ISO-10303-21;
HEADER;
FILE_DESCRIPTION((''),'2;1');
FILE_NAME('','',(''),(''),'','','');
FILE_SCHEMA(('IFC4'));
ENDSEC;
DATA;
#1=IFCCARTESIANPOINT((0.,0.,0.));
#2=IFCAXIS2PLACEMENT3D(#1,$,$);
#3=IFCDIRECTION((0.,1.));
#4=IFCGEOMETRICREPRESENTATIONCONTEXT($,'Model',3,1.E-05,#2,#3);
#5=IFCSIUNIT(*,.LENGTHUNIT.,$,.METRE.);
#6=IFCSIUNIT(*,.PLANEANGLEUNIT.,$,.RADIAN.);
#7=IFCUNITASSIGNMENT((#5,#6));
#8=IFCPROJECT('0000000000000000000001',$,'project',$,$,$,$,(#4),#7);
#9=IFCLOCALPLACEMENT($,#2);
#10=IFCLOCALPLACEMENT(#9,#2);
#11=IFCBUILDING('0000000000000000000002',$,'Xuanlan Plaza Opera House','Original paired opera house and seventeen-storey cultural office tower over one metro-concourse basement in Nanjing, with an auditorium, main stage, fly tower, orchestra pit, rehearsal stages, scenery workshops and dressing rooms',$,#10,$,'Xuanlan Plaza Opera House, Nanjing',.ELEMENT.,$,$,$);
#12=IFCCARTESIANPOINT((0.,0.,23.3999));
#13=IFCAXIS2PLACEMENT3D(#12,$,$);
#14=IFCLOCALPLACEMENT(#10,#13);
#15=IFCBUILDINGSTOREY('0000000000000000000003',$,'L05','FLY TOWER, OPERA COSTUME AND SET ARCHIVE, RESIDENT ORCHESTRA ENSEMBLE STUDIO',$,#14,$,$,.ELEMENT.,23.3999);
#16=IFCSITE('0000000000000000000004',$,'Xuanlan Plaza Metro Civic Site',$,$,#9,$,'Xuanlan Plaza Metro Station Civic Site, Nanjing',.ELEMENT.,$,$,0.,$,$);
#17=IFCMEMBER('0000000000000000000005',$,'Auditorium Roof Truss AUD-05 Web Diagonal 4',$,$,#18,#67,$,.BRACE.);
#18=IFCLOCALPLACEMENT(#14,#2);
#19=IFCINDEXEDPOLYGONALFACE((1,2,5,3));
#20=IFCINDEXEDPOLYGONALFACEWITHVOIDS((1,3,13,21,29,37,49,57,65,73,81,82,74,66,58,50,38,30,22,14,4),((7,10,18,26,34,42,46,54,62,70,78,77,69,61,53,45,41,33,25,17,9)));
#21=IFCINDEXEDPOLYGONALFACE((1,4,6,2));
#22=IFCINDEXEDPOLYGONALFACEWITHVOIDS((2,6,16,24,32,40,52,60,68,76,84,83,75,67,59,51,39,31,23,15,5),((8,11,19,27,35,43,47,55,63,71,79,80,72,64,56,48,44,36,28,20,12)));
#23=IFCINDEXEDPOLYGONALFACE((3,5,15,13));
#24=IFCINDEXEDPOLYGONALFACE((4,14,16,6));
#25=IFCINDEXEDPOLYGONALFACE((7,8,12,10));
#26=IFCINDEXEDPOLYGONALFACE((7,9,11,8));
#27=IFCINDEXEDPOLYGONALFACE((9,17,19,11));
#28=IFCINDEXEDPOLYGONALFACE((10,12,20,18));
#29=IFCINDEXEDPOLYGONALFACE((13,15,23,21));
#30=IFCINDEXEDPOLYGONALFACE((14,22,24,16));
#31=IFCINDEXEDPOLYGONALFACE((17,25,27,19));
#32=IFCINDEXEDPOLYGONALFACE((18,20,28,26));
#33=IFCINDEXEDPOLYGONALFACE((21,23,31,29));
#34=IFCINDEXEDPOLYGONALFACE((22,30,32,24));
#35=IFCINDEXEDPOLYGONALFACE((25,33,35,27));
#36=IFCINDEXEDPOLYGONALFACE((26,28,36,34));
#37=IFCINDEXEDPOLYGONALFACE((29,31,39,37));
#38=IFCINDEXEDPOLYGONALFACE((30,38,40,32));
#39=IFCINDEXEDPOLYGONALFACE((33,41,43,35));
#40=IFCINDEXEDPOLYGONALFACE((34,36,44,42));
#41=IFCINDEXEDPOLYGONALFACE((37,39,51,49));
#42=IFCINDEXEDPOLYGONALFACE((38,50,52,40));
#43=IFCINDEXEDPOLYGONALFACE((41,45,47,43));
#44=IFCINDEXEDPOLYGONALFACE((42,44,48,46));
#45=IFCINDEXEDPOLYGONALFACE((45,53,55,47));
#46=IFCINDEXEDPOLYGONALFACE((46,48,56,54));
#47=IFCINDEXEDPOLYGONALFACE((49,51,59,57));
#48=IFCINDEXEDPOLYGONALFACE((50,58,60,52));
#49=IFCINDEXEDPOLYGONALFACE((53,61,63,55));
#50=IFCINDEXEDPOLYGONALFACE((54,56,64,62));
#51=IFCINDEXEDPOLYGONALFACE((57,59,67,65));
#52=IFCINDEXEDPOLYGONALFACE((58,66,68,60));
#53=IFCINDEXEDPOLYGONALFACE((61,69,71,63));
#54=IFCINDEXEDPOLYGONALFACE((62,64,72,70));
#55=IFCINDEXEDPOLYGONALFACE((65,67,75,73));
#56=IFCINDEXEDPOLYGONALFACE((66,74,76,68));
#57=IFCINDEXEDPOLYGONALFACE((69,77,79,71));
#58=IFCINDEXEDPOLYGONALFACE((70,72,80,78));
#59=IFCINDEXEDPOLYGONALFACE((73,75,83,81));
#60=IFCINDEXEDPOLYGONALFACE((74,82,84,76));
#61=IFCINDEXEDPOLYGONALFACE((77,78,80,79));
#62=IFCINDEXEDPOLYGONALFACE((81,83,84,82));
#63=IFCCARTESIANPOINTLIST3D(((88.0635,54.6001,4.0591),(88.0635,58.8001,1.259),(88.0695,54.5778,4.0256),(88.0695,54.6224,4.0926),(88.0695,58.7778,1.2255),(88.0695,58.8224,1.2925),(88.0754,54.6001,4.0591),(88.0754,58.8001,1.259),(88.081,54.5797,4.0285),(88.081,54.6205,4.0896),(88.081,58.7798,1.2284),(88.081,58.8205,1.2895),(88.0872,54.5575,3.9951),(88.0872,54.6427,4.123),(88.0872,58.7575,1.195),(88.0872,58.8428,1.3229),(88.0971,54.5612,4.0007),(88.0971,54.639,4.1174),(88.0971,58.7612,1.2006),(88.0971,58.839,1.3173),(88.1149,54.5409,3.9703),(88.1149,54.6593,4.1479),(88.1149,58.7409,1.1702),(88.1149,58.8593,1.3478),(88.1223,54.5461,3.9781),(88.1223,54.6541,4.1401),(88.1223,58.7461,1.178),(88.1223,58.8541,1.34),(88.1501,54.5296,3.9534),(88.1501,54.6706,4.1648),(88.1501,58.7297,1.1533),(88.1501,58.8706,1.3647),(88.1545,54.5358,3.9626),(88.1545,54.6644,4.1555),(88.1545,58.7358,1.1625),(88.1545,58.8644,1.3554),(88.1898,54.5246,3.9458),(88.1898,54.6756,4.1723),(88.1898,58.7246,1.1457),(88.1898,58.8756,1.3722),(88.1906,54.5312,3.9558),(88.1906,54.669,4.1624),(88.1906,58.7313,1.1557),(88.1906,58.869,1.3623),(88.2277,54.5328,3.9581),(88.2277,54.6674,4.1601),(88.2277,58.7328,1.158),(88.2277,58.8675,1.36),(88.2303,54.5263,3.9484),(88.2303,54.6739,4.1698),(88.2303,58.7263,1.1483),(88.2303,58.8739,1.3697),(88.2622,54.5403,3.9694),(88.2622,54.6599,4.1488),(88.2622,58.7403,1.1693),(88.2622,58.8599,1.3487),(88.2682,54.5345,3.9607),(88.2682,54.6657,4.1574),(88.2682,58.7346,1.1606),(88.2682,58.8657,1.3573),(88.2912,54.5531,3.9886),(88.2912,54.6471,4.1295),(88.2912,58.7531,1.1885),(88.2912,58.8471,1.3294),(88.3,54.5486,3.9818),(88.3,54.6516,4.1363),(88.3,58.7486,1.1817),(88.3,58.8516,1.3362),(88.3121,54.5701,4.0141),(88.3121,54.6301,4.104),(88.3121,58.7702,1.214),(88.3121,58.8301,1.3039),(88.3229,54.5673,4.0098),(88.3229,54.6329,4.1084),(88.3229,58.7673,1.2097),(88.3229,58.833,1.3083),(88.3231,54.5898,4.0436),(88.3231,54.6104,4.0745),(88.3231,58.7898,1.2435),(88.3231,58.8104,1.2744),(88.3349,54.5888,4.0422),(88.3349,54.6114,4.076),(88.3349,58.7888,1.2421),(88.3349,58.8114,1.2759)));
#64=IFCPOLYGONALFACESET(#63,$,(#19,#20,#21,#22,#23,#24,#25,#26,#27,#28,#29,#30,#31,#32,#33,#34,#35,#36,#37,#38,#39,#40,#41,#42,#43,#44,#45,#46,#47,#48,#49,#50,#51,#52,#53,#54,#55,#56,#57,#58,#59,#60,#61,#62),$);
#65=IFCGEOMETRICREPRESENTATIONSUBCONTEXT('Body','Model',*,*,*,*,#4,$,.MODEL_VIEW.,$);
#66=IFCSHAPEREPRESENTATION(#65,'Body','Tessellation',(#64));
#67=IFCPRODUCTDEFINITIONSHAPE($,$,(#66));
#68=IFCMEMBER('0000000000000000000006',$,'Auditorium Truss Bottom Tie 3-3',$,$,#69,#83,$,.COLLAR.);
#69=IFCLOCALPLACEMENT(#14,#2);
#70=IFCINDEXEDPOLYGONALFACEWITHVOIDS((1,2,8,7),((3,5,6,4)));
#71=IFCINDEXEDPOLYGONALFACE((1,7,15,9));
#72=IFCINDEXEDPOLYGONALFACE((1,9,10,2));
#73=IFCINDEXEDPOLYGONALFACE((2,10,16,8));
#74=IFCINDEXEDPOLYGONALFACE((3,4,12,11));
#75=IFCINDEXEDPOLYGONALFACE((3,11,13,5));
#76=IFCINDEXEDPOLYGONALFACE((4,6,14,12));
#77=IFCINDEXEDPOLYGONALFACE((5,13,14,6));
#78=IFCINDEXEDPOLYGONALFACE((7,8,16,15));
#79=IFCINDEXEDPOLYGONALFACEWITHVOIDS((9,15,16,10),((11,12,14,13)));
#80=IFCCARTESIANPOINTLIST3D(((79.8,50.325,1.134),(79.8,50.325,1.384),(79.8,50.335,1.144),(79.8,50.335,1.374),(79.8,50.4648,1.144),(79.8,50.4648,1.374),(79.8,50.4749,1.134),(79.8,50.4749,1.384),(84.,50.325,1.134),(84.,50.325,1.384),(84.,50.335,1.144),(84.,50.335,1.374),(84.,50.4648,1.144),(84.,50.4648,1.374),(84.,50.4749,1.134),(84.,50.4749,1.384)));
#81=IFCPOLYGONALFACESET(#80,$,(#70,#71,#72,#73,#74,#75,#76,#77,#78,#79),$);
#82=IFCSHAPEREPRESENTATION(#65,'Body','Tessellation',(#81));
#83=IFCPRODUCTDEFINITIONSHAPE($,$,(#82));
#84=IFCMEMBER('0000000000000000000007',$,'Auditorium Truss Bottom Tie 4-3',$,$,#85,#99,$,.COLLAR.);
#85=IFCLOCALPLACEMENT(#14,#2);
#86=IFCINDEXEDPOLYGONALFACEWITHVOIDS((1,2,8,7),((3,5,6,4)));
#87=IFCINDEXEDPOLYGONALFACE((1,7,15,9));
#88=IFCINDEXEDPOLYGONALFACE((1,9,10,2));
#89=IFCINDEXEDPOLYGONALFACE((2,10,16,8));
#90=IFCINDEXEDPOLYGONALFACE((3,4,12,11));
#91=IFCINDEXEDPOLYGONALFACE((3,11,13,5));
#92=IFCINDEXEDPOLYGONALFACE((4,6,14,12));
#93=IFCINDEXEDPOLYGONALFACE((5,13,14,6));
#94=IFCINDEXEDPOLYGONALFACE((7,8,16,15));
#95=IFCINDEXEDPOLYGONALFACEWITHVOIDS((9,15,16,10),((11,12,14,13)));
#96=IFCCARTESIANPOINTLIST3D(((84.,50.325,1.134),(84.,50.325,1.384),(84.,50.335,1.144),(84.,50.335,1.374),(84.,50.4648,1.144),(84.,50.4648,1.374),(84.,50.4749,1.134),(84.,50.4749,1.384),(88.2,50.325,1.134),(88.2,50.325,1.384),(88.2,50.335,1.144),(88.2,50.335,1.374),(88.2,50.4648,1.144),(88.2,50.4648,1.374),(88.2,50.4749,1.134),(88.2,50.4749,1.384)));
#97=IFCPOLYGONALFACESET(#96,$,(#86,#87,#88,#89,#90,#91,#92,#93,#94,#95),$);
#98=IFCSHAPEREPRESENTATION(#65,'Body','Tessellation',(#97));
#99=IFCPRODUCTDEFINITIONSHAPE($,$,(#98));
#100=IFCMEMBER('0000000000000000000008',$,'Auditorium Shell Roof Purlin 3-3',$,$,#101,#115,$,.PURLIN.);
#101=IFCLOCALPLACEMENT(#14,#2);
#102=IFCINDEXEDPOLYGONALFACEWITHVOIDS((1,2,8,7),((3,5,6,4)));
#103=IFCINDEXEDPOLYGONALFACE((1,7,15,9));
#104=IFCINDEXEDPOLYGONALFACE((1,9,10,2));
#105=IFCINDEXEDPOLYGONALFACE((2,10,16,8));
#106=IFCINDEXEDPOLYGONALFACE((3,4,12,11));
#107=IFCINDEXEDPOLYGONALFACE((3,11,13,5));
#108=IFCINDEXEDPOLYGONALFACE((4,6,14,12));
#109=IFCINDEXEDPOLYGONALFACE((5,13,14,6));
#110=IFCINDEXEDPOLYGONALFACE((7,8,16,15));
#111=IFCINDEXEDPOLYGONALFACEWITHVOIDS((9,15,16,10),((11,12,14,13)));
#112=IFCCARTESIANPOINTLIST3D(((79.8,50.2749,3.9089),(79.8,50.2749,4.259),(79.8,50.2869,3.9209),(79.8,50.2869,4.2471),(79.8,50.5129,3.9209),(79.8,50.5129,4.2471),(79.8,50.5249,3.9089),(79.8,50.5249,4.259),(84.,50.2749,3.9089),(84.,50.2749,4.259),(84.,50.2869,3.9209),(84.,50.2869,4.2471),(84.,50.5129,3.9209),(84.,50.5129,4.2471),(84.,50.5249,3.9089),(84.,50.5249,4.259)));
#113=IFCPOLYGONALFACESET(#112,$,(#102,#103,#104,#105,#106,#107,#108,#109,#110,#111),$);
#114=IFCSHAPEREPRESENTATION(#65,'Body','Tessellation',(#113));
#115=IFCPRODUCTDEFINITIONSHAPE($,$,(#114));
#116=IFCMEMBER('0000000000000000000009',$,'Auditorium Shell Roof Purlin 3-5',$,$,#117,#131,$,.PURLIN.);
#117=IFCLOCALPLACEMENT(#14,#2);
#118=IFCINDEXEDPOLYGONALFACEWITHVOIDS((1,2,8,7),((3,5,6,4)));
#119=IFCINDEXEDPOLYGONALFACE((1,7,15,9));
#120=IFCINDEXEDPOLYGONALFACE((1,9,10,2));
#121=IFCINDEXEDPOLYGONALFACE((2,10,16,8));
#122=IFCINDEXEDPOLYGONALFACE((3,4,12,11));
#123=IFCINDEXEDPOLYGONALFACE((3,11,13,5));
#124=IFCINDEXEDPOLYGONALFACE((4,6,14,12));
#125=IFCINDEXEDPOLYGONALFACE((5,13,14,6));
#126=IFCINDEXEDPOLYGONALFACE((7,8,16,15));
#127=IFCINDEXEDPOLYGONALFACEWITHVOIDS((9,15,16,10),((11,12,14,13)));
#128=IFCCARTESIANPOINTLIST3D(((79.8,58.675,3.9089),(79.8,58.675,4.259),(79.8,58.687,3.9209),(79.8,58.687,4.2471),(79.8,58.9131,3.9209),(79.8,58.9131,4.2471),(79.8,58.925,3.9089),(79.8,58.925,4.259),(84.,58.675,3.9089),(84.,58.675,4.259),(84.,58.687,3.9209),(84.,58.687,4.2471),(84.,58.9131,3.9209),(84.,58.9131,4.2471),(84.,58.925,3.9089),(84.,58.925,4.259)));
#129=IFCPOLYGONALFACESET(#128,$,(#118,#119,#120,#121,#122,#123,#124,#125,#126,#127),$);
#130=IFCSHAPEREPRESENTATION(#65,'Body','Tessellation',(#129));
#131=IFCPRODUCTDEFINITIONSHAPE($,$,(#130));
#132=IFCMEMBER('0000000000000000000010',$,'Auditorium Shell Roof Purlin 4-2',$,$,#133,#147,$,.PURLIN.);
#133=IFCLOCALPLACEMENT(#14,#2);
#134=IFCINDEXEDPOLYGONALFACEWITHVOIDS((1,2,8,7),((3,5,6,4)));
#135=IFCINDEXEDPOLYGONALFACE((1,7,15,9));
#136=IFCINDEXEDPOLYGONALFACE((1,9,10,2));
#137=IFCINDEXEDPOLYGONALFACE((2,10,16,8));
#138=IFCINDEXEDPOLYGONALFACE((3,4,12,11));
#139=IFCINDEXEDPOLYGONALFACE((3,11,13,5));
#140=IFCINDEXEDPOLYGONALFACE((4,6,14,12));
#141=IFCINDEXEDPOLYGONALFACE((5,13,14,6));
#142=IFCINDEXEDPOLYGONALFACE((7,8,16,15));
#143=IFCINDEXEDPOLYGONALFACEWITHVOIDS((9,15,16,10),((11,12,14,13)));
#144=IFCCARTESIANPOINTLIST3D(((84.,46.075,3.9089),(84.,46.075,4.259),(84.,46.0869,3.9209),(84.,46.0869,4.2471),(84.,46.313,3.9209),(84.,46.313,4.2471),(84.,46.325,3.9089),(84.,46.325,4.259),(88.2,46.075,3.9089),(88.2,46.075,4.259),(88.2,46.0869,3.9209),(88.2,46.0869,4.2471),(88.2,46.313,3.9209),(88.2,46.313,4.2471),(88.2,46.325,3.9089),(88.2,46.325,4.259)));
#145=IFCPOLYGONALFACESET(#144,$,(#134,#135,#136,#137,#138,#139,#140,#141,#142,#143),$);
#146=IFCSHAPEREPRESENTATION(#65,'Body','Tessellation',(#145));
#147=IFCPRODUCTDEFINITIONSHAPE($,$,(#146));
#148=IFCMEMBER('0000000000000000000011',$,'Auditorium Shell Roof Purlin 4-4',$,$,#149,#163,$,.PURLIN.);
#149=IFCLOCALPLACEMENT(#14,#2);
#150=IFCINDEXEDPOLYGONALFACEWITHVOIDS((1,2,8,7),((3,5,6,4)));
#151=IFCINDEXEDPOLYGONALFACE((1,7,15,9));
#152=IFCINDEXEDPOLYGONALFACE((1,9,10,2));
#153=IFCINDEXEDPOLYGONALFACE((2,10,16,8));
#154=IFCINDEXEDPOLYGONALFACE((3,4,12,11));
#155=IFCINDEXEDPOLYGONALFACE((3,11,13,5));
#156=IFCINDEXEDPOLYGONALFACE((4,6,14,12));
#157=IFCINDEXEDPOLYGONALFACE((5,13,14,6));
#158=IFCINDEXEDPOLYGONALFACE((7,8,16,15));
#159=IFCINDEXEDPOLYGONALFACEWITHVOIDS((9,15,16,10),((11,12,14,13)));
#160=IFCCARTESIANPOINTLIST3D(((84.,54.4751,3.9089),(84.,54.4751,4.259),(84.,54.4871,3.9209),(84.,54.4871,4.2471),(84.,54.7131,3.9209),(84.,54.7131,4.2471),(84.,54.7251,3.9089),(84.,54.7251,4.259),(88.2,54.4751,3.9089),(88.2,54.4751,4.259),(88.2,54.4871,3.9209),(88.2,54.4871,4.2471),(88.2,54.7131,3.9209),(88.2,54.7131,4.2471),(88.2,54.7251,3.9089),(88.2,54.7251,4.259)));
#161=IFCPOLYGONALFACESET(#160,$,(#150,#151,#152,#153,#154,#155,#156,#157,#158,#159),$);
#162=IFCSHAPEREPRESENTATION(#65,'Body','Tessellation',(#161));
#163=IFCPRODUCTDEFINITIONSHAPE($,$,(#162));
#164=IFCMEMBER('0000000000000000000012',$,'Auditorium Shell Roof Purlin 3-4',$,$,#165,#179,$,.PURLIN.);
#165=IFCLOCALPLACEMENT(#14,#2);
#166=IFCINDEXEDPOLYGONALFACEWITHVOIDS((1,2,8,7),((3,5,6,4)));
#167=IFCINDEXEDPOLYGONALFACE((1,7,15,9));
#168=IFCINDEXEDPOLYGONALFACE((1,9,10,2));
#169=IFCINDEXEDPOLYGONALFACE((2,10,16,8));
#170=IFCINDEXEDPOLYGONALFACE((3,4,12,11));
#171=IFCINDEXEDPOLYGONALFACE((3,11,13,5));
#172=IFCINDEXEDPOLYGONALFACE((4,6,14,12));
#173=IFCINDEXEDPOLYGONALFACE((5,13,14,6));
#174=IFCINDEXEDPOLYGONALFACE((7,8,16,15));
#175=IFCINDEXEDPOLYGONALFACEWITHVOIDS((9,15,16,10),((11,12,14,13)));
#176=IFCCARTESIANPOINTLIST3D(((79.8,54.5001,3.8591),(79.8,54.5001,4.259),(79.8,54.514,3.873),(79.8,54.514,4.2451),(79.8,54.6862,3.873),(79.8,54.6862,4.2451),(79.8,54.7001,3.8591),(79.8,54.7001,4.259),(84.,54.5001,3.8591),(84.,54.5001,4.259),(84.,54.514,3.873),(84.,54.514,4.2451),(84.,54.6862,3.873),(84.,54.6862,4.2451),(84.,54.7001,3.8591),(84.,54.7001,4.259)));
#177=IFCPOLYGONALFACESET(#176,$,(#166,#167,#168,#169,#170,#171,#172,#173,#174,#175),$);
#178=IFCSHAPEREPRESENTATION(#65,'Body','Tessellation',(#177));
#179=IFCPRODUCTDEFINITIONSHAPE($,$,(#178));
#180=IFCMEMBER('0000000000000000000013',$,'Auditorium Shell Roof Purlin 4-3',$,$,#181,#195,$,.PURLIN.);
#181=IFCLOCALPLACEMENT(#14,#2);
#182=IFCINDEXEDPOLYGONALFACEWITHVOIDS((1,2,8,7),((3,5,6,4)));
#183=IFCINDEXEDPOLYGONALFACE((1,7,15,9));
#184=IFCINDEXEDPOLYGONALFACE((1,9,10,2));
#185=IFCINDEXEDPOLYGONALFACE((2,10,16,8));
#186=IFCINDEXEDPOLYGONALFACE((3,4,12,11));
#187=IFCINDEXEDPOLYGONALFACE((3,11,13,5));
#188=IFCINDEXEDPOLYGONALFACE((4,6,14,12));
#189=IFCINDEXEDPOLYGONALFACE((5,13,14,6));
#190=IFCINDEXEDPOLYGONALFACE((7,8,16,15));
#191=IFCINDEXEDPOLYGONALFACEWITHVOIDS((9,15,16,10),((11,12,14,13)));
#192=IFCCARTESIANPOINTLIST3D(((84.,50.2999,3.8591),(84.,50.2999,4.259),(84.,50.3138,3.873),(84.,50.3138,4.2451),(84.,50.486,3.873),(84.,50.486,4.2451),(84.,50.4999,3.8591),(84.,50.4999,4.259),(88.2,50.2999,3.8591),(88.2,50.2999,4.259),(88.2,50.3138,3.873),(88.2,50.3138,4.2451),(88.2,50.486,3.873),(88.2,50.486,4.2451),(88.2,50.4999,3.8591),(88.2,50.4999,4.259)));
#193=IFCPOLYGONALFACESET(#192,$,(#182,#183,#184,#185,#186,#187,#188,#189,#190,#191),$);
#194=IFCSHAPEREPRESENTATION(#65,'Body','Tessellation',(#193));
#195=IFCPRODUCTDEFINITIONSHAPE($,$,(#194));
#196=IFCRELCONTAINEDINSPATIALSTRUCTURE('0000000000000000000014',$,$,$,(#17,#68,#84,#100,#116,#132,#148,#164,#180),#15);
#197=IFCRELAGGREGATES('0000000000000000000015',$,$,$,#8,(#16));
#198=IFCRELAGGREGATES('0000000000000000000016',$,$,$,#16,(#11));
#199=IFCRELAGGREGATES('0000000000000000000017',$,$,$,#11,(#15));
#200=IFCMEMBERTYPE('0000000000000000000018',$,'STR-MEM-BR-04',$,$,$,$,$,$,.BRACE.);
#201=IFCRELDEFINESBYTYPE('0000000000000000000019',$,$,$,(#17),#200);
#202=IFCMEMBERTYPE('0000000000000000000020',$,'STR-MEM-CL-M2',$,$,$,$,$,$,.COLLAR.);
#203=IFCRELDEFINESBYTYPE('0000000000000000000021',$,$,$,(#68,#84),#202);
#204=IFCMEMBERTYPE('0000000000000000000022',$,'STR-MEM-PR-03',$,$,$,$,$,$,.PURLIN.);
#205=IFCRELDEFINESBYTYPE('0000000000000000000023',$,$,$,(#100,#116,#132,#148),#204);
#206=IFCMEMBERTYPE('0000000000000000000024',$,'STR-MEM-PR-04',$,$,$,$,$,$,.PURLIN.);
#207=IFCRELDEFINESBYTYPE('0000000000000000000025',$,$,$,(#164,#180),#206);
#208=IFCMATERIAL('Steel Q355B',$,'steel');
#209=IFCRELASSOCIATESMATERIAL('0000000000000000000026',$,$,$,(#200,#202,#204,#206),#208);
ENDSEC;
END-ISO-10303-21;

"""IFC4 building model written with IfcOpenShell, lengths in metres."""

from ifc_helpers import new_model, si_unit, direction, frame, origin, origin_2d, place, context, subcontext, project, spatial, hollow_rectangle, hollow_circle, extrude, material, material_profile, profile_set, type_object, element, save


model = new_model("IFC4")

# Units and contexts
model_context = context("Model", 3, precision=1e-05, world=origin(), true_north=direction((0.0, 1.0)))
body_context = subcontext(model_context, "Body", "Model", "MODEL_VIEW")
ifc_project = project(units=[si_unit("LENGTHUNIT", "METRE"), si_unit("PLANEANGLEUNIT", "RADIAN")], contexts=[model_context])

# Site, building, storey
site_placement = place(None, origin())
site = spatial("IfcSite", under=ifc_project, at=site_placement, Name="Xuanlan Plaza Metro Civic Site", LongName="Xuanlan Plaza Metro Station Civic Site, Nanjing", CompositionType="ELEMENT", RefElevation=0.0)
building_placement = place(site_placement, origin())
building = spatial("IfcBuilding", under=site, at=building_placement, Name="Xuanlan Plaza Opera House", Description="Original paired opera house and seventeen-storey cultural office tower over one metro-concourse basement in Nanjing, with an auditorium, main stage, fly tower, orchestra pit, rehearsal stages, scenery workshops and dressing rooms", LongName="Xuanlan Plaza Opera House, Nanjing", CompositionType="ELEMENT")
storey_placement = place(building_placement, frame((0.0, 0.0, 23.3999)))
storey = spatial("IfcBuildingStorey", under=building, at=storey_placement, Name="L05", Description="FLY TOWER, OPERA COSTUME AND SET ARCHIVE, RESIDENT ORCHESTRA ENSEMBLE STUDIO", CompositionType="ELEMENT", Elevation=23.3999)

# Shared definitions
ifc_material_1 = material(Name="Steel Q355B", Category="steel")

# Members
ifc_material_profile_1 = material_profile(ifc_material_1, hollow_circle(Radius=0.1365, WallThickness=0.012, at=origin_2d()), Name="CHS 273x12")
ifc_profile_set_1 = profile_set([ifc_material_profile_1], Name="Steel Q355B")
member_type_1 = type_object("IfcMemberType", Name="STR-MEM-BR-04", PredefinedType="BRACE", material=ifc_profile_set_1)
for number, where, z_axis, x_axis, name in (
    (1, (88.2, 54.6001, 4.0591), (0.0, 0.832043, -0.554711), (-1.0, 0.0, 0.0), "Auditorium Roof Truss AUD-05 Web Diagonal 4"),
):
    element("IfcMember", number, at=place(storey_placement, frame(where, z_axis=z_axis, x_axis=x_axis)), inside=storey, type_object=member_type_1, Name=name, PredefinedType="BRACE", context=body_context, shape_type="SweptSolid", body=[
        extrude(hollow_circle(Radius=0.1365, WallThickness=0.012, at=origin_2d()), origin(), (0.0, 0.0, 1.0), 5.0479),
    ])
ifc_material_profile_2 = material_profile(ifc_material_1, hollow_rectangle(XDim=0.1499, YDim=0.25, WallThickness=0.01, at=origin_2d()), Name="RHS 250x150x10")
ifc_profile_set_2 = profile_set([ifc_material_profile_2], Name="Steel Q355B")
member_type_2 = type_object("IfcMemberType", Name="STR-MEM-CL-M2", PredefinedType="COLLAR", material=ifc_profile_set_2)
for number, where, z_axis, x_axis, name in (
    (2, (79.8, 50.3999, 1.259), (1.0, 0.0, 0.0), (0.0, 1.0, 0.0), "Auditorium Truss Bottom Tie 3-3"),
    (3, (84.0, 50.3999, 1.259), (1.0, 0.0, 0.0), (0.0, 1.0, 0.0), "Auditorium Truss Bottom Tie 4-3"),
):
    element("IfcMember", number, at=place(storey_placement, frame(where, z_axis=z_axis, x_axis=x_axis)), inside=storey, type_object=member_type_2, Name=name, PredefinedType="COLLAR", context=body_context, shape_type="SweptSolid", body=[
        extrude(hollow_rectangle(XDim=0.1499, YDim=0.25, WallThickness=0.01, at=origin_2d()), origin(), (0.0, 0.0, 1.0), 4.2),
    ])
ifc_material_profile_3 = material_profile(ifc_material_1, hollow_rectangle(XDim=0.25, YDim=0.3501, WallThickness=0.012, at=origin_2d()), Name="RHS 350x250x12")
ifc_profile_set_3 = profile_set([ifc_material_profile_3], Name="Steel Q355B")
member_type_3 = type_object("IfcMemberType", Name="STR-MEM-PR-03", PredefinedType="PURLIN", material=ifc_profile_set_3)
for number, where, z_axis, x_axis, name in (
    (4, (79.8, 50.3999, 4.084), (1.0, 0.0, 0.0), (0.0, 1.0, 0.0), "Auditorium Shell Roof Purlin 3-3"),
    (5, (79.8, 58.8, 4.084), (1.0, 0.0, 0.0), (0.0, 1.0, 0.0), "Auditorium Shell Roof Purlin 3-5"),
    (6, (84.0, 46.2, 4.084), (1.0, 0.0, 0.0), (0.0, 1.0, 0.0), "Auditorium Shell Roof Purlin 4-2"),
    (7, (84.0, 54.6001, 4.084), (1.0, 0.0, 0.0), (0.0, 1.0, 0.0), "Auditorium Shell Roof Purlin 4-4"),
):
    element("IfcMember", number, at=place(storey_placement, frame(where, z_axis=z_axis, x_axis=x_axis)), inside=storey, type_object=member_type_3, Name=name, PredefinedType="PURLIN", context=body_context, shape_type="SweptSolid", body=[
        extrude(hollow_rectangle(XDim=0.25, YDim=0.3501, WallThickness=0.012, at=origin_2d()), origin(), (0.0, 0.0, 1.0), 4.2),
    ])
ifc_material_profile_4 = material_profile(ifc_material_1, hollow_rectangle(XDim=0.2, YDim=0.3999, WallThickness=0.0139, at=origin_2d()), Name="RHS 400x200x14")
ifc_profile_set_4 = profile_set([ifc_material_profile_4], Name="Steel Q355B")
member_type_4 = type_object("IfcMemberType", Name="STR-MEM-PR-04", PredefinedType="PURLIN", material=ifc_profile_set_4)
for number, where, z_axis, x_axis, name in (
    (8, (79.8, 54.6001, 4.0591), (1.0, 0.0, 0.0), (0.0, 1.0, 0.0), "Auditorium Shell Roof Purlin 3-4"),
    (9, (84.0, 50.3999, 4.0591), (1.0, 0.0, 0.0), (0.0, 1.0, 0.0), "Auditorium Shell Roof Purlin 4-3"),
):
    element("IfcMember", number, at=place(storey_placement, frame(where, z_axis=z_axis, x_axis=x_axis)), inside=storey, type_object=member_type_4, Name=name, PredefinedType="PURLIN", context=body_context, shape_type="SweptSolid", body=[
        extrude(hollow_rectangle(XDim=0.2, YDim=0.3999, WallThickness=0.0139, at=origin_2d()), origin(), (0.0, 0.0, 1.0), 4.2),
    ])

save(model, "model.ifc")
